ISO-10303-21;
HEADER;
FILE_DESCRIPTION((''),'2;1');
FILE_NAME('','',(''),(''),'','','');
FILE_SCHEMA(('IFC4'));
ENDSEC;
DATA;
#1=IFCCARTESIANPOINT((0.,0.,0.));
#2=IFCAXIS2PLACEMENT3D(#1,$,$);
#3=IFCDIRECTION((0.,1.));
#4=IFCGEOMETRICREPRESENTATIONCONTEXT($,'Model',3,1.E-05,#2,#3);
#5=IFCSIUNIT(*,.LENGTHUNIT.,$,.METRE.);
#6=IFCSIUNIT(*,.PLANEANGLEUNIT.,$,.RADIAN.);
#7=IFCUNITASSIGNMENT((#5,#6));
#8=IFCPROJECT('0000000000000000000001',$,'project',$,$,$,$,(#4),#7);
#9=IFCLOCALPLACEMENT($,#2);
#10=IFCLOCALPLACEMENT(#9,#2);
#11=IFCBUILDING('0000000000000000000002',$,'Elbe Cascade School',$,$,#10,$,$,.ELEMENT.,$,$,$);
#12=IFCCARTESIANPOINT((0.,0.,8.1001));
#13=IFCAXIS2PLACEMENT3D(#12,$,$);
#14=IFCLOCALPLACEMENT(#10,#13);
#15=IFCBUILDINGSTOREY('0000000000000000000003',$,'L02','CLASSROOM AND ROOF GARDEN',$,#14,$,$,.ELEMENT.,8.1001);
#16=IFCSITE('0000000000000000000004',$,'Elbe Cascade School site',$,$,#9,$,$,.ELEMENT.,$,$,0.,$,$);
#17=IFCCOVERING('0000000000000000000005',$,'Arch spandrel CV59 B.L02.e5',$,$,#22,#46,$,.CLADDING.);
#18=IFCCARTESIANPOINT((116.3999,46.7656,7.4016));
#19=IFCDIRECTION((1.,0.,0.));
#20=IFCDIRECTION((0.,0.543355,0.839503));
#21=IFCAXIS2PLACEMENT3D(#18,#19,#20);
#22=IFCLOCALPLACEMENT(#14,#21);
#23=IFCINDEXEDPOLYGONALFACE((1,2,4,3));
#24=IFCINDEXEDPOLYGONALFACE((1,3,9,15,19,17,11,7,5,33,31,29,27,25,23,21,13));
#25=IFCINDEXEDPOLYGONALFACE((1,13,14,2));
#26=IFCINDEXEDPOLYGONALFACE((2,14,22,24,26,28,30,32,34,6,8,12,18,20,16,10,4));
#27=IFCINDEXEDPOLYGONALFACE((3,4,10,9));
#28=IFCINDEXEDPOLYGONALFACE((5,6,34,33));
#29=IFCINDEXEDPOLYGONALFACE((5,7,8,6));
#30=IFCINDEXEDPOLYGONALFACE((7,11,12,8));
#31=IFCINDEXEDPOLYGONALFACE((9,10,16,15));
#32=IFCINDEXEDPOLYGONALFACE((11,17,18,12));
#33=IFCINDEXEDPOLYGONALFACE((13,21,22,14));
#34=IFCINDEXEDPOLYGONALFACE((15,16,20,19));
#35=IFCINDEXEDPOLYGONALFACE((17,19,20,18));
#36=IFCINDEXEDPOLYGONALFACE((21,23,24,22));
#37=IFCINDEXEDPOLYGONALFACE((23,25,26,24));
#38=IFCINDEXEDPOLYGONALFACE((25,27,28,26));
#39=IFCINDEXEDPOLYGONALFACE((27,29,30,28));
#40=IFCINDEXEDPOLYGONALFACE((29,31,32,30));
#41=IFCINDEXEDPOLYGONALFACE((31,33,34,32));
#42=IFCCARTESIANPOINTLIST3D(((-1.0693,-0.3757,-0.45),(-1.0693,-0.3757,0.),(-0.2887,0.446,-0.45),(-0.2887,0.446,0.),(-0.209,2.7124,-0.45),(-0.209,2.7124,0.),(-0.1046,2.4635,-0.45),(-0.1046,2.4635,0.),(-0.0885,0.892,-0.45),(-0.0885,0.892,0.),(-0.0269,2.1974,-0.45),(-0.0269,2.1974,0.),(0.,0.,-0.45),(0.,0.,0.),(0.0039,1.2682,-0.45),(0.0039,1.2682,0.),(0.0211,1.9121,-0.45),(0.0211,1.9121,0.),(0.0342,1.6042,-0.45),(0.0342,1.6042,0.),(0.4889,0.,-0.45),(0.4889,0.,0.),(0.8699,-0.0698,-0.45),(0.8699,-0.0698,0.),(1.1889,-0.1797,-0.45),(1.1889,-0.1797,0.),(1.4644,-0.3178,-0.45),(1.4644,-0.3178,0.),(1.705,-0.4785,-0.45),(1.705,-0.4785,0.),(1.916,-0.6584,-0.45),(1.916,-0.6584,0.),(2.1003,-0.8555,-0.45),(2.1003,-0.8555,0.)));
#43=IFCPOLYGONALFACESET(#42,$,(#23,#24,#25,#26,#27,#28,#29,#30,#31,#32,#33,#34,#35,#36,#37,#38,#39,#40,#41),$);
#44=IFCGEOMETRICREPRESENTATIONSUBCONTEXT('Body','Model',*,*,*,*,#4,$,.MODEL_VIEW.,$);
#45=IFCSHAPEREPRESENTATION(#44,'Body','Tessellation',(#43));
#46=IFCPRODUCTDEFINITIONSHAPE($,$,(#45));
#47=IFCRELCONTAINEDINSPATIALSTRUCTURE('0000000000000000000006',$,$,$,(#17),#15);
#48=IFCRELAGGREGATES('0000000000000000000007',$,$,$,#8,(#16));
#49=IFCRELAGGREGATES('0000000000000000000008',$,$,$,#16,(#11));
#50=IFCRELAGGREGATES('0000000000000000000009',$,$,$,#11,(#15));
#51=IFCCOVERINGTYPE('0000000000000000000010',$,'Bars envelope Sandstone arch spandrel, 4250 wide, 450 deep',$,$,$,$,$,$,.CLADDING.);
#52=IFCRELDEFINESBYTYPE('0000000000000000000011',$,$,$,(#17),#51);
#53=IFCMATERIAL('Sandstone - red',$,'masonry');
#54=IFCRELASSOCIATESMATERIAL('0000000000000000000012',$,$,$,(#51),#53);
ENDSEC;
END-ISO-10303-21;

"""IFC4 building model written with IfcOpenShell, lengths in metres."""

from ifc_helpers import new_model, si_unit, direction, frame, origin, place, context, subcontext, project, spatial, polyline, outline, extrude, material, type_object, element, save


model = new_model("IFC4")

# Units and contexts
model_context = context("Model", 3, precision=1e-05, world=origin(), true_north=direction((0.0, 1.0)))
body_context = subcontext(model_context, "Body", "Model", "MODEL_VIEW")
ifc_project = project(units=[si_unit("LENGTHUNIT", "METRE"), si_unit("PLANEANGLEUNIT", "RADIAN")], contexts=[model_context])

# Site, building, storey
site_placement = place(None, origin())
site = spatial("IfcSite", under=ifc_project, at=site_placement, Name="Elbe Cascade School site", CompositionType="ELEMENT", RefElevation=0.0)
building_placement = place(site_placement, origin())
building = spatial("IfcBuilding", under=site, at=building_placement, Name="Elbe Cascade School", CompositionType="ELEMENT")
storey_placement = place(building_placement, frame((0.0, 0.0, 8.1001)))
storey = spatial("IfcBuildingStorey", under=building, at=storey_placement, Name="L02", Description="CLASSROOM AND ROOF GARDEN", CompositionType="ELEMENT", Elevation=8.1001)

# Covering
ifc_material_1 = material(Name="Sandstone - red", Category="masonry")
covering_type_1 = type_object("IfcCoveringType", Name="Bars envelope Sandstone arch spandrel, 4250 wide, 450 deep", PredefinedType="CLADDING", material=ifc_material_1)
covering_1_placement = place(storey_placement, frame((116.3999, 46.7656, 7.4016), z_axis=(1.0, 0.0, 0.0), x_axis=(0.0, 0.543355, 0.839503)))
element("IfcCovering", 1, at=covering_1_placement, inside=storey, type_object=covering_type_1, Name="Arch spandrel CV59 B.L02.e5", PredefinedType="CLADDING", context=body_context, shape_type="SweptSolid", body=[
    extrude(outline(polyline([(0.0, 0.0), (0.4889, 0.0), (0.8699, -0.0698), (1.1889, -0.1797), (1.4644, -0.3178), (1.705, -0.4785), (1.916, -0.6584), (2.1003, -0.8555), (-0.209, 2.7124), (-0.1046, 2.4635), (-0.0269, 2.1974), (0.0211, 1.9121), (0.0342, 1.6042), (0.0039, 1.2682), (-0.0885, 0.892), (-0.2887, 0.446), (-1.0693, -0.3757), (0.0, 0.0)])), origin(), (0.0, 0.0, -1.0), 0.45),
])

save(model, "model.ifc")
